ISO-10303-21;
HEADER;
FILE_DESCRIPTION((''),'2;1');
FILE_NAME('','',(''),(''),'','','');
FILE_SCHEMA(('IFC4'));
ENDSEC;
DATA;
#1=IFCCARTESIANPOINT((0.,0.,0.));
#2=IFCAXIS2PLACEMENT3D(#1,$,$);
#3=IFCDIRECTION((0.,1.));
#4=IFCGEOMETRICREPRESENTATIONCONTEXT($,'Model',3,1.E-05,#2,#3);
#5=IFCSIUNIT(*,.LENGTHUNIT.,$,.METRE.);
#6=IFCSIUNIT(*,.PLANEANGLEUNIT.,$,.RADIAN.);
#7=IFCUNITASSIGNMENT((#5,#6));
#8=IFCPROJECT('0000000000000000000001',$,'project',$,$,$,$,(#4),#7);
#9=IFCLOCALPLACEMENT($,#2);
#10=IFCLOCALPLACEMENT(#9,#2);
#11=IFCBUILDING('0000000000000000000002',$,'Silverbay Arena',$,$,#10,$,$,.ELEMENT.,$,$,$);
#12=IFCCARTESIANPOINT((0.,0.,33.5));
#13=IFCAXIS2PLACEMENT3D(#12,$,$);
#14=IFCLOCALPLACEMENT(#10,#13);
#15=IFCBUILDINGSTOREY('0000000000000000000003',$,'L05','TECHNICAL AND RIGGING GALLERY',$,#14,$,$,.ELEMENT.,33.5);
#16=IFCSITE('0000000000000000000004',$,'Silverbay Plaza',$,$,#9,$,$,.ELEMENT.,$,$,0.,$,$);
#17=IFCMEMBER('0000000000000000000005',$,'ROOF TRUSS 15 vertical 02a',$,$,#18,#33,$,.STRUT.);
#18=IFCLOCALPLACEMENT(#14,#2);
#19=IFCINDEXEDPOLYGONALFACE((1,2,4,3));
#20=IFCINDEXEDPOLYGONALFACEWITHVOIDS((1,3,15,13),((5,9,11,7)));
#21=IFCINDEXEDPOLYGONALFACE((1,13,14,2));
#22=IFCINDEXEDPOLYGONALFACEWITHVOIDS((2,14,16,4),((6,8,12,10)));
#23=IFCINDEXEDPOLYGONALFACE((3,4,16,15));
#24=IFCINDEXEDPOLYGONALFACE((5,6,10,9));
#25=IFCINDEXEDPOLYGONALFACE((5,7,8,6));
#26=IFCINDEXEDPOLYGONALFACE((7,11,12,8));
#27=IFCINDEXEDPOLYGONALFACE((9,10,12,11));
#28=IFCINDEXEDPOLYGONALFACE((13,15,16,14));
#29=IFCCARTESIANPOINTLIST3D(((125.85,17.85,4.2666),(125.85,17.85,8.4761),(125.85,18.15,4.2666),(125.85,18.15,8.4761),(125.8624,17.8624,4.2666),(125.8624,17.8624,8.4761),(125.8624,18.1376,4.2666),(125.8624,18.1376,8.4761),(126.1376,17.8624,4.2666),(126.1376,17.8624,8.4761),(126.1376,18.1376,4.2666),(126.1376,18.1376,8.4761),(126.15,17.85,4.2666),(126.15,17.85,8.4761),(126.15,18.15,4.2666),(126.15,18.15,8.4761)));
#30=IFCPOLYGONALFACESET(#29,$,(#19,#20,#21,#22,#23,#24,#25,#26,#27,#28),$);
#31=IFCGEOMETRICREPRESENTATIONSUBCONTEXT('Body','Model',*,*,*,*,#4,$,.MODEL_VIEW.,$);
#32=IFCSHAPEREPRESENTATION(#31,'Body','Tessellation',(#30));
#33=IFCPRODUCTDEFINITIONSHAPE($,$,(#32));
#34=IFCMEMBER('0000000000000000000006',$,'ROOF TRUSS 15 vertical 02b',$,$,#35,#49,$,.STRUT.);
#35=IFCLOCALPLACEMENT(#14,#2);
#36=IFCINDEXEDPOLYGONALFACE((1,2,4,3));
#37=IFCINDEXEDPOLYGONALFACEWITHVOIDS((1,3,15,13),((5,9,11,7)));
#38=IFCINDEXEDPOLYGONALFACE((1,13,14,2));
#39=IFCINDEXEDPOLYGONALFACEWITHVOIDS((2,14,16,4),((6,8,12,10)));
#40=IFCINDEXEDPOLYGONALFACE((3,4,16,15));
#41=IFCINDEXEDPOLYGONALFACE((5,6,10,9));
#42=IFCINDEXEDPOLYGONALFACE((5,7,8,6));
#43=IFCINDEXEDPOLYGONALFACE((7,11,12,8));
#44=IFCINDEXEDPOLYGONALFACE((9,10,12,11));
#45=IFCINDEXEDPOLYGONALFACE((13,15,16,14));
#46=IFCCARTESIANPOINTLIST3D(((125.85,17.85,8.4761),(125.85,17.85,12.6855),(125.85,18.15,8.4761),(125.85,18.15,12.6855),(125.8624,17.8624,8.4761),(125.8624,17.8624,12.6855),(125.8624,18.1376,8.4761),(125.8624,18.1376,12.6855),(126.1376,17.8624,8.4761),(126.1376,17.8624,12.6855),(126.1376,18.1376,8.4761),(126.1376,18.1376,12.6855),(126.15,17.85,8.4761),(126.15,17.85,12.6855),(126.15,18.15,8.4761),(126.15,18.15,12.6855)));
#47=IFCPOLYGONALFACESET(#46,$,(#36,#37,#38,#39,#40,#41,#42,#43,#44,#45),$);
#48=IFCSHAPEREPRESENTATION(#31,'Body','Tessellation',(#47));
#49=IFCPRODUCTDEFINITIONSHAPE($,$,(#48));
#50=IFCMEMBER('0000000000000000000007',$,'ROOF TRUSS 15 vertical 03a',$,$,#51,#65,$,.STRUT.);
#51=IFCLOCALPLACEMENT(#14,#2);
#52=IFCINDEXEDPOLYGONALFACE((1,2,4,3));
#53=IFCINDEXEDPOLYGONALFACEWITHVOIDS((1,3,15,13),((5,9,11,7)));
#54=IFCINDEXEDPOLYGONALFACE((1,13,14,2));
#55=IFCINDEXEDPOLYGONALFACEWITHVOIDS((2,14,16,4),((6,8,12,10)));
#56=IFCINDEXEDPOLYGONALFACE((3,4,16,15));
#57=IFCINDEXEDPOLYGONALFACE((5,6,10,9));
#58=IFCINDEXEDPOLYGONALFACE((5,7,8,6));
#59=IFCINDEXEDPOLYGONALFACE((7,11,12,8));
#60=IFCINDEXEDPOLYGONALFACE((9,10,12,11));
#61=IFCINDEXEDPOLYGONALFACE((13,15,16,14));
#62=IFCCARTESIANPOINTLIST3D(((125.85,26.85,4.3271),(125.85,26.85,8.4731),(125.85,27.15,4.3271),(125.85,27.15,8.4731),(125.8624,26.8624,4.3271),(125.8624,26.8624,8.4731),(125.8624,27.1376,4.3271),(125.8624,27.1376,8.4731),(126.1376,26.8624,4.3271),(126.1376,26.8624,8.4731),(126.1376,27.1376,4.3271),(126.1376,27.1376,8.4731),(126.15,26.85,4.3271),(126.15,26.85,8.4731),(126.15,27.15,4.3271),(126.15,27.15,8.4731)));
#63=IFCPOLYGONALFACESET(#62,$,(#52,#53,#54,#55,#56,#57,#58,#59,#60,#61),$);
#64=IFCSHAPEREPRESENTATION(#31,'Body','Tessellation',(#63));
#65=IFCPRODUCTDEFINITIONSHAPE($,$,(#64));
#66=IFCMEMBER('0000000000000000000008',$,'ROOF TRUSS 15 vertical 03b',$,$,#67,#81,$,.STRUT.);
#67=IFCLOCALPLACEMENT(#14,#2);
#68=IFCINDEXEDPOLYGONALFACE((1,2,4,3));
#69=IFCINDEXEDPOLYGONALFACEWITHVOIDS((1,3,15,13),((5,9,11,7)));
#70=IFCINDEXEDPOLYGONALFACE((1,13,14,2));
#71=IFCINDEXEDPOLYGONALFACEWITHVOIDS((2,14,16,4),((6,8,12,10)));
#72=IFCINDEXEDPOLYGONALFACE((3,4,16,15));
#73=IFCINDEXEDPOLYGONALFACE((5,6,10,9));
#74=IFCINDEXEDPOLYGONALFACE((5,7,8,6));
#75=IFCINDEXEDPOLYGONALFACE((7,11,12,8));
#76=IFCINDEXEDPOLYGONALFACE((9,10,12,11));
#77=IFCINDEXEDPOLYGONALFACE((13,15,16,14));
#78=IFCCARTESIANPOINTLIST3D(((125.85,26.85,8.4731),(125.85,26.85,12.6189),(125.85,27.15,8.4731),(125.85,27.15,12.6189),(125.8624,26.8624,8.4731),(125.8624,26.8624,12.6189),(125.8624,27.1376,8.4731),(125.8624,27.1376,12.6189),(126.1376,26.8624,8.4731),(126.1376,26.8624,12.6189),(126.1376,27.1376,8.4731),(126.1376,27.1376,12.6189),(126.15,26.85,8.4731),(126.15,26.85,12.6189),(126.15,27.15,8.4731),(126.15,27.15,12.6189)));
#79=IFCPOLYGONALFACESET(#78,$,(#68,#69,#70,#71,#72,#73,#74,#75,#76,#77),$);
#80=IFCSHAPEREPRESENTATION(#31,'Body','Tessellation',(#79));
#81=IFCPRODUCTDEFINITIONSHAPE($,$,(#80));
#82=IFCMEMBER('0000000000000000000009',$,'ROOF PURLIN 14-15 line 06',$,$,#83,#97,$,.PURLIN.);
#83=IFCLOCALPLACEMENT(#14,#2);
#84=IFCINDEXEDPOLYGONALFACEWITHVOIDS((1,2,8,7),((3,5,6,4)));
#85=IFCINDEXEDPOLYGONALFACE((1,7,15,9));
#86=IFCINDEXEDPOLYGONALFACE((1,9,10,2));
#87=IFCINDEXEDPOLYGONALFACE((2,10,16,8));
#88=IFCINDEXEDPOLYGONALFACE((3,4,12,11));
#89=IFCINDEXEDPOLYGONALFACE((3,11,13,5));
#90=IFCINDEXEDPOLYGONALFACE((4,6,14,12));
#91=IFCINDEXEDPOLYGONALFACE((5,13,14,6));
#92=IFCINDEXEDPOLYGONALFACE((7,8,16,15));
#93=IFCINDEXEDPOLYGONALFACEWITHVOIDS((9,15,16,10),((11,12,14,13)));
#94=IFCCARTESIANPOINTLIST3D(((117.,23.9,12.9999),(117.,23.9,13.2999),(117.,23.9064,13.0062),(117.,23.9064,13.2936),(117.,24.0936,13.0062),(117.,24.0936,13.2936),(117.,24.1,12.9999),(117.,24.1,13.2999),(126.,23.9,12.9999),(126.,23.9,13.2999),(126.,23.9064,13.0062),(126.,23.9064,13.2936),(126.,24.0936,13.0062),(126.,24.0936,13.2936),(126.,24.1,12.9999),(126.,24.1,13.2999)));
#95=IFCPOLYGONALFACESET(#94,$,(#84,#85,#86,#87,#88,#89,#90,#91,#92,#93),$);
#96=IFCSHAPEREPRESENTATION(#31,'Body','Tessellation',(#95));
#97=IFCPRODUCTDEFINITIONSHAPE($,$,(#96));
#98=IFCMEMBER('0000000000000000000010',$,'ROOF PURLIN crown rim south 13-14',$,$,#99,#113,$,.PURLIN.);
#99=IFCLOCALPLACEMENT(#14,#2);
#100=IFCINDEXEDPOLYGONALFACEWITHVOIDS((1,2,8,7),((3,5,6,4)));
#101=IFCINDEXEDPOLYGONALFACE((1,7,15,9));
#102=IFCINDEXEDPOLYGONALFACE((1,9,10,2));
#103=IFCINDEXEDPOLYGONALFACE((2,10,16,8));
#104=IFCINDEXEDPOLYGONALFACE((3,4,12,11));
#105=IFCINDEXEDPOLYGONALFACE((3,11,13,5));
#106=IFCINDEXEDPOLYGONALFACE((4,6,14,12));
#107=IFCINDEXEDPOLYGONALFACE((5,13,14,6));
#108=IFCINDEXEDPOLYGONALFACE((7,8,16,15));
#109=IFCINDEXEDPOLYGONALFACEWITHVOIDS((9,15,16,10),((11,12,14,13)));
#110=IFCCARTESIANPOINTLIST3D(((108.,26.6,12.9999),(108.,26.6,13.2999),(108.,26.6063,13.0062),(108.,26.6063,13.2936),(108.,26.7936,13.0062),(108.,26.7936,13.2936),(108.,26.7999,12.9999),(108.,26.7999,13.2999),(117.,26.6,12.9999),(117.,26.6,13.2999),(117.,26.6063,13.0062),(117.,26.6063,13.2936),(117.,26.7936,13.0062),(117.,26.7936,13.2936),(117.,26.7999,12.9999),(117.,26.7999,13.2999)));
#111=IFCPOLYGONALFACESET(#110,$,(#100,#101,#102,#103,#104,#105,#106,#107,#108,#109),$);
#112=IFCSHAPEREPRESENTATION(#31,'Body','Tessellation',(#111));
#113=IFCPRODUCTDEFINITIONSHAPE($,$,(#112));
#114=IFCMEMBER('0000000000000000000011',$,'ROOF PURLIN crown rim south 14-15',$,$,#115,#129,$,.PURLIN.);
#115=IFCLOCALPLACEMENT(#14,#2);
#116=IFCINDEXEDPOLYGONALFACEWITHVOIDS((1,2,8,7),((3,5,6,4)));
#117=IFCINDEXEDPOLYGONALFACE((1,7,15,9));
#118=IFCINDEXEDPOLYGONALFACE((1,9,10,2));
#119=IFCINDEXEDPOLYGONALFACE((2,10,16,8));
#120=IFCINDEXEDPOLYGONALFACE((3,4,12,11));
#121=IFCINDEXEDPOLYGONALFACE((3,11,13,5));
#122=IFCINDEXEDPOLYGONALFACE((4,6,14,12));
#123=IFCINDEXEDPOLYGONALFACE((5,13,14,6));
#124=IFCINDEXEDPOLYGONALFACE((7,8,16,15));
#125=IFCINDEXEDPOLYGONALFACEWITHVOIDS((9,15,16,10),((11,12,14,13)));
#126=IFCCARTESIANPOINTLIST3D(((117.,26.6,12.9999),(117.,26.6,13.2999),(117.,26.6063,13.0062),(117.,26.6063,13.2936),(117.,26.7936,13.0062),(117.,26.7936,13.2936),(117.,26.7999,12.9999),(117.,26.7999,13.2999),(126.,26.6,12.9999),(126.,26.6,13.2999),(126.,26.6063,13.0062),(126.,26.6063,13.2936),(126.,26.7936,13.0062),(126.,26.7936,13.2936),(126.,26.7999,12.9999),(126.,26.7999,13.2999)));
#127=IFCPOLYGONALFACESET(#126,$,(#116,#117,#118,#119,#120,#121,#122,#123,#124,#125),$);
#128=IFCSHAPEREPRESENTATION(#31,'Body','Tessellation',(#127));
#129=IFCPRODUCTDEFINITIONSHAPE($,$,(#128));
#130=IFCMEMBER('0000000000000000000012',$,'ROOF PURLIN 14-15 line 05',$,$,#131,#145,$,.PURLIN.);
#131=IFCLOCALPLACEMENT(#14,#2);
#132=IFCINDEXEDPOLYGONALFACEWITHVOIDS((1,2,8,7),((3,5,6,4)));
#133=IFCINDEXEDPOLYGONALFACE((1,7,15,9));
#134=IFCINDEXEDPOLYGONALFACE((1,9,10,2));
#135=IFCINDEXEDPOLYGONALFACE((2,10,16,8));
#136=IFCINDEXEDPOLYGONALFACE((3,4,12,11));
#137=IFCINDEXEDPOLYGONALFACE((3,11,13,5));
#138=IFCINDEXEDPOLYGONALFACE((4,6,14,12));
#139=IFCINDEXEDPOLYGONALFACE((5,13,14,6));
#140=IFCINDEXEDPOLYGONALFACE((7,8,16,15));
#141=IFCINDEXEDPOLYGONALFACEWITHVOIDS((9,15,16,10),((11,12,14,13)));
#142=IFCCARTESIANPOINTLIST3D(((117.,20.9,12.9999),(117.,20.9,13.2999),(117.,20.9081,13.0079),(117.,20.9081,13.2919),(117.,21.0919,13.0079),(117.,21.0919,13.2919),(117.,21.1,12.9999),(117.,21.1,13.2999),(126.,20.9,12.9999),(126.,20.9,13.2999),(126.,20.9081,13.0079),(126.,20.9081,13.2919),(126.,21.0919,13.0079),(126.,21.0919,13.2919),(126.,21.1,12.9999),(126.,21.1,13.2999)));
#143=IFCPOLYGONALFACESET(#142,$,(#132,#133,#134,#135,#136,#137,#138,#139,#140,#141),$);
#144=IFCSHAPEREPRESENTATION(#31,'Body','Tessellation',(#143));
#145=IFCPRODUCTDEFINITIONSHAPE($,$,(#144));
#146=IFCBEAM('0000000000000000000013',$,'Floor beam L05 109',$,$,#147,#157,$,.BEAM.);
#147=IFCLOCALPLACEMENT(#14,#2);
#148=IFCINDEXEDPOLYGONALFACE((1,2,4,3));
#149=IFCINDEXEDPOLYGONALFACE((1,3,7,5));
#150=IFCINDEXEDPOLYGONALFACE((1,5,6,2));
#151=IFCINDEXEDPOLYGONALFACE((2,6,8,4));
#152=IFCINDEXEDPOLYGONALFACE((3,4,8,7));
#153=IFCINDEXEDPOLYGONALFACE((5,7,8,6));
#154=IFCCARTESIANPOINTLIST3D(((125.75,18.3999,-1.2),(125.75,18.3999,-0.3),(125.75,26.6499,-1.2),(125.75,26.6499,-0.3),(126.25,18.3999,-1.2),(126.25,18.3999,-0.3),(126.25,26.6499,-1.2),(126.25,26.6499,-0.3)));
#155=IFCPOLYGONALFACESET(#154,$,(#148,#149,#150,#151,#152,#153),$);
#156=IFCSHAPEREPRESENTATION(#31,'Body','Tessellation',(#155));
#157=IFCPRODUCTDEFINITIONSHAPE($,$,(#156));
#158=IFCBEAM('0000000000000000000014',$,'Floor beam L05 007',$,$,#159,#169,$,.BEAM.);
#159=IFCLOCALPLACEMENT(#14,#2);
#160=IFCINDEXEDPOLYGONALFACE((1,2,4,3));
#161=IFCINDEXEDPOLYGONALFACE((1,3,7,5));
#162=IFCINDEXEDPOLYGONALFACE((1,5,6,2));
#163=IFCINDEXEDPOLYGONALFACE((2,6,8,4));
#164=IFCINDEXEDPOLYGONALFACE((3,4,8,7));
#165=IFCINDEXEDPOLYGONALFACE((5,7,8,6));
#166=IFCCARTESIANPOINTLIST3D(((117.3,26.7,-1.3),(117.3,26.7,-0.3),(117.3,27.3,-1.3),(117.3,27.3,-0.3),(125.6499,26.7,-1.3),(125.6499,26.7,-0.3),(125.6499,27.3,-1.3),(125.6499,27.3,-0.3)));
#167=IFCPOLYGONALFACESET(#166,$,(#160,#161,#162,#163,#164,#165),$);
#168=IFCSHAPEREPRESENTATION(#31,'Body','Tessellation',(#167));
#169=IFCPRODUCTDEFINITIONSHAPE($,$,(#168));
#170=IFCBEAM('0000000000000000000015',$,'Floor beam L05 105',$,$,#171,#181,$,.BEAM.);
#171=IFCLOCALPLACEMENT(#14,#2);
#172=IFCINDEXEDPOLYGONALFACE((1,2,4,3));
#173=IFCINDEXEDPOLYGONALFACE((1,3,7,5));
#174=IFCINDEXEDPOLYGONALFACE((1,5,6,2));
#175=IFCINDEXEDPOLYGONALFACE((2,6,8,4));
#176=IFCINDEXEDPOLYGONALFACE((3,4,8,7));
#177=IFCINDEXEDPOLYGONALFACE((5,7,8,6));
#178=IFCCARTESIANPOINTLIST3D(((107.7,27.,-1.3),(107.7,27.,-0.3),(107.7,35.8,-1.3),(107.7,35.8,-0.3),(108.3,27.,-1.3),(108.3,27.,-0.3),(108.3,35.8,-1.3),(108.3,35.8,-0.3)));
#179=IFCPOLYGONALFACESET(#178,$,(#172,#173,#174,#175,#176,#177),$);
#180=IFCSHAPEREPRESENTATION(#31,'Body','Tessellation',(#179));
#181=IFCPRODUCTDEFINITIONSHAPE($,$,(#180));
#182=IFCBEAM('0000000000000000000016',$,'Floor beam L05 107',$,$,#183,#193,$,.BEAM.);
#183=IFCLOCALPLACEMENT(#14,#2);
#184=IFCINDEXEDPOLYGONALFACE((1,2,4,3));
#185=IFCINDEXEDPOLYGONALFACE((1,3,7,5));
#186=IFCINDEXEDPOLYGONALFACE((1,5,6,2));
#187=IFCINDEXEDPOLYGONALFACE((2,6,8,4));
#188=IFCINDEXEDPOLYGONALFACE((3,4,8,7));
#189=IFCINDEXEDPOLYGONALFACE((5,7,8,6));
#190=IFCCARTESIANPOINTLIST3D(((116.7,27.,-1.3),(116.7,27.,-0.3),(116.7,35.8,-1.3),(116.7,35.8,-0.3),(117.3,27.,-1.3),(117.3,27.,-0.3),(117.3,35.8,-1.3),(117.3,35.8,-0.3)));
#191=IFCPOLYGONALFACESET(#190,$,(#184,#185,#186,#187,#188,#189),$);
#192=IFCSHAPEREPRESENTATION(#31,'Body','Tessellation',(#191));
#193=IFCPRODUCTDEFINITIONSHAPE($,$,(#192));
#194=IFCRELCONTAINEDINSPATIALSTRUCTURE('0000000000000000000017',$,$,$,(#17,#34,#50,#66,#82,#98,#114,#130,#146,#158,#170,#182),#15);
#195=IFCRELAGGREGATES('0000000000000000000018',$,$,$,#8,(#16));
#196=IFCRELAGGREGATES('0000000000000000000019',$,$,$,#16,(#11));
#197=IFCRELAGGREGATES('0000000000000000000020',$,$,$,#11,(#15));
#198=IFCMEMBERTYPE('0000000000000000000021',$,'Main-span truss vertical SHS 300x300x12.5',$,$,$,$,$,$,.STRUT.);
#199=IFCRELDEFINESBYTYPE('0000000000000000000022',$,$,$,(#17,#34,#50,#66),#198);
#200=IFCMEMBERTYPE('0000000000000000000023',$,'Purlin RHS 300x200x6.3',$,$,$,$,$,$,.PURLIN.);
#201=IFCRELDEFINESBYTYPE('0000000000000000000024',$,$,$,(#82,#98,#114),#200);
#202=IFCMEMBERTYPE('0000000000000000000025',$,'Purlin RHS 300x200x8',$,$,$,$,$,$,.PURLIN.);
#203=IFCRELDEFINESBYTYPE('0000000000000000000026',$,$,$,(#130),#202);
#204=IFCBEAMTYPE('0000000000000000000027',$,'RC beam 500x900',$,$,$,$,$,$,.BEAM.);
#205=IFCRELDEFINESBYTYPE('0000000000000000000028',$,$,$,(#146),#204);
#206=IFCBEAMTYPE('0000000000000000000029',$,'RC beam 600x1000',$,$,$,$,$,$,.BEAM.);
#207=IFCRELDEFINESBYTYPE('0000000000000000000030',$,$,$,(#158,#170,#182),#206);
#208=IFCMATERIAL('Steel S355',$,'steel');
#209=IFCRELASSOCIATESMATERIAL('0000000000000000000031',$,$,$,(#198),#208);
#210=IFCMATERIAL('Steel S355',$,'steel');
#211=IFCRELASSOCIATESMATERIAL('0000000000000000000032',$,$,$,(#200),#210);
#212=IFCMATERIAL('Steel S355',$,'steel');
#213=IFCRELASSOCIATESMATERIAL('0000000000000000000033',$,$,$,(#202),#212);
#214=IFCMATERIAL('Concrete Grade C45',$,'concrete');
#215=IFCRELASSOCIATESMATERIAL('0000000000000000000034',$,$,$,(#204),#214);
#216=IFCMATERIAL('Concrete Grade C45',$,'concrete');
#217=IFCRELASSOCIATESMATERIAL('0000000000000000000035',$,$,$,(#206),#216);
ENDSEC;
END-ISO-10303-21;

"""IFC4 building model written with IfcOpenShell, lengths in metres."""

from ifc_helpers import new_model, si_unit, direction, frame, origin, origin_2d, place, context, subcontext, project, spatial, rectangle, hollow_rectangle, extrude, material, material_profile, profile_set, type_object, element, save


model = new_model("IFC4")

# Units and contexts
model_context = context("Model", 3, precision=1e-05, world=origin(), true_north=direction((0.0, 1.0)))
body_context = subcontext(model_context, "Body", "Model", "MODEL_VIEW")
ifc_project = project(units=[si_unit("LENGTHUNIT", "METRE"), si_unit("PLANEANGLEUNIT", "RADIAN")], contexts=[model_context])

# Site, building, storey
site_placement = place(None, origin())
site = spatial("IfcSite", under=ifc_project, at=site_placement, Name="Silverbay Plaza", CompositionType="ELEMENT", RefElevation=0.0)
building_placement = place(site_placement, origin())
building = spatial("IfcBuilding", under=site, at=building_placement, Name="Silverbay Arena", CompositionType="ELEMENT")
storey_placement = place(building_placement, frame((0.0, 0.0, 33.5)))
storey = spatial("IfcBuildingStorey", under=building, at=storey_placement, Name="L05", Description="TECHNICAL AND RIGGING GALLERY", CompositionType="ELEMENT", Elevation=33.5)

# Members
ifc_material_1 = material(Name="Steel S355", Category="steel")
ifc_material_profile_1 = material_profile(ifc_material_1, hollow_rectangle(XDim=0.3, YDim=0.3, WallThickness=0.0125, at=origin_2d()), Name="SHS 300x300x12.5")
ifc_profile_set_1 = profile_set([ifc_material_profile_1], Name="Steel S355")
member_type_1 = type_object("IfcMemberType", Name="Main-span truss vertical SHS 300x300x12.5", PredefinedType="STRUT", material=ifc_profile_set_1)
for number, where, z_axis, x_axis, name in (
    (1, (126.0, 18.0, 4.2666), (0.0, 0.0, 1.0), (1.0, 0.0, 0.0), "ROOF TRUSS 15 vertical 02a"),
    (2, (126.0, 18.0, 8.4761), (0.0, 0.0, 1.0), (1.0, 0.0, 0.0), "ROOF TRUSS 15 vertical 02b"),
):
    element("IfcMember", number, at=place(storey_placement, frame(where, z_axis=z_axis, x_axis=x_axis)), inside=storey, type_object=member_type_1, Name=name, PredefinedType="STRUT", context=body_context, shape_type="SweptSolid", body=[
        extrude(hollow_rectangle(XDim=0.3, YDim=0.3, WallThickness=0.0125, at=origin_2d()), origin(), (0.0, 0.0, 1.0), 4.2095),
    ])
member_1_placement = place(storey_placement, frame((126.0, 27.0, 4.3271), z_axis=(0.0, 0.0, 1.0), x_axis=(1.0, 0.0, 0.0)))
element("IfcMember", 3, at=member_1_placement, inside=storey, type_object=member_type_1, Name="ROOF TRUSS 15 vertical 03a", PredefinedType="STRUT", context=body_context, shape_type="SweptSolid", body=[
    extrude(hollow_rectangle(XDim=0.3, YDim=0.3, WallThickness=0.0125, at=origin_2d()), origin(), (0.0, 0.0, 1.0), 4.146),
])
member_2_placement = place(storey_placement, frame((126.0, 27.0, 8.4731), z_axis=(0.0, 0.0, 1.0), x_axis=(1.0, 0.0, 0.0)))
element("IfcMember", 4, at=member_2_placement, inside=storey, type_object=member_type_1, Name="ROOF TRUSS 15 vertical 03b", PredefinedType="STRUT", context=body_context, shape_type="SweptSolid", body=[
    extrude(hollow_rectangle(XDim=0.3, YDim=0.3, WallThickness=0.0125, at=origin_2d()), origin(), (0.0, 0.0, 1.0), 4.1458),
])
ifc_material_2 = material(Name="Steel S355", Category="steel")
ifc_material_profile_2 = material_profile(ifc_material_2, hollow_rectangle(XDim=0.2, YDim=0.3, WallThickness=0.0063, at=origin_2d()), Name="RHS 300x200x6.3")
ifc_profile_set_2 = profile_set([ifc_material_profile_2], Name="Steel S355")
member_type_2 = type_object("IfcMemberType", Name="Purlin RHS 300x200x6.3", PredefinedType="PURLIN", material=ifc_profile_set_2)
for number, where, z_axis, x_axis, name in (
    (5, (117.0, 24.0, 13.1499), (1.0, 0.0, 0.0), (0.0, 1.0, 0.0), "ROOF PURLIN 14-15 line 06"),
    (6, (108.0, 26.7, 13.1499), (1.0, 0.0, 0.0), (0.0, 1.0, 0.0), "ROOF PURLIN crown rim south 13-14"),
    (7, (117.0, 26.7, 13.1499), (1.0, 0.0, 0.0), (0.0, 1.0, 0.0), "ROOF PURLIN crown rim south 14-15"),
):
    element("IfcMember", number, at=place(storey_placement, frame(where, z_axis=z_axis, x_axis=x_axis)), inside=storey, type_object=member_type_2, Name=name, PredefinedType="PURLIN", context=body_context, shape_type="SweptSolid", body=[
        extrude(hollow_rectangle(XDim=0.2, YDim=0.3, WallThickness=0.0063, at=origin_2d()), origin(), (0.0, 0.0, 1.0), 9.0),
    ])
ifc_material_3 = material(Name="Steel S355", Category="steel")
ifc_material_profile_3 = material_profile(ifc_material_3, hollow_rectangle(XDim=0.2, YDim=0.3, WallThickness=0.0081, at=origin_2d()), Name="RHS 300x200x8")
ifc_profile_set_3 = profile_set([ifc_material_profile_3], Name="Steel S355")
member_type_3 = type_object("IfcMemberType", Name="Purlin RHS 300x200x8", PredefinedType="PURLIN", material=ifc_profile_set_3)
member_3_placement = place(storey_placement, frame((117.0, 21.0, 13.1499), z_axis=(1.0, 0.0, 0.0), x_axis=(0.0, 1.0, 0.0)))
element("IfcMember", 8, at=member_3_placement, inside=storey, type_object=member_type_3, Name="ROOF PURLIN 14-15 line 05", PredefinedType="PURLIN", context=body_context, shape_type="SweptSolid", body=[
    extrude(hollow_rectangle(XDim=0.2, YDim=0.3, WallThickness=0.0081, at=origin_2d()), origin(), (0.0, 0.0, 1.0), 9.0),
])

# Beams
ifc_material_4 = material(Name="Concrete Grade C45", Category="concrete")
ifc_material_profile_4 = material_profile(ifc_material_4, rectangle(XDim=0.5, YDim=0.8999, at=origin_2d()), Name="RC 500x900")
ifc_profile_set_4 = profile_set([ifc_material_profile_4], Name="Concrete Grade C45")
beam_type_1 = type_object("IfcBeamType", Name="RC beam 500x900", PredefinedType="BEAM", material=ifc_profile_set_4)
beam_1_placement = place(storey_placement, frame((126.0, 18.3999, -0.75), z_axis=(0.0, 1.0, 0.0), x_axis=(-1.0, 0.0, 0.0)))
element("IfcBeam", 9, at=beam_1_placement, inside=storey, type_object=beam_type_1, Name="Floor beam L05 109", PredefinedType="BEAM", context=body_context, shape_type="SweptSolid", body=[
    extrude(rectangle(XDim=0.5, YDim=0.8999, at=origin_2d()), origin(), (0.0, 0.0, 1.0), 8.25),
])
ifc_material_5 = material(Name="Concrete Grade C45", Category="concrete")
ifc_material_profile_5 = material_profile(ifc_material_5, rectangle(XDim=0.6001, YDim=1.0, at=origin_2d()), Name="RC 600x1000")
ifc_profile_set_5 = profile_set([ifc_material_profile_5], Name="Concrete Grade C45")
beam_type_2 = type_object("IfcBeamType", Name="RC beam 600x1000", PredefinedType="BEAM", material=ifc_profile_set_5)
beam_2_placement = place(storey_placement, frame((117.3, 27.0, -0.8), z_axis=(1.0, 0.0, 0.0), x_axis=(0.0, 1.0, 0.0)))
element("IfcBeam", 10, at=beam_2_placement, inside=storey, type_object=beam_type_2, Name="Floor beam L05 007", PredefinedType="BEAM", context=body_context, shape_type="SweptSolid", body=[
    extrude(rectangle(XDim=0.6001, YDim=1.0, at=origin_2d()), origin(), (0.0, 0.0, 1.0), 8.3499),
])
for number, where, z_axis, x_axis, name in (
    (11, (108.0, 27.0, -0.8), (0.0, 1.0, 0.0), (-1.0, 0.0, 0.0), "Floor beam L05 105"),
    (12, (117.0, 27.0, -0.8), (0.0, 1.0, 0.0), (-1.0, 0.0, 0.0), "Floor beam L05 107"),
):
    element("IfcBeam", number, at=place(storey_placement, frame(where, z_axis=z_axis, x_axis=x_axis)), inside=storey, type_object=beam_type_2, Name=name, PredefinedType="BEAM", context=body_context, shape_type="SweptSolid", body=[
        extrude(rectangle(XDim=0.6001, YDim=1.0, at=origin_2d()), origin(), (0.0, 0.0, 1.0), 8.8),
    ])

save(model, "model.ifc")
